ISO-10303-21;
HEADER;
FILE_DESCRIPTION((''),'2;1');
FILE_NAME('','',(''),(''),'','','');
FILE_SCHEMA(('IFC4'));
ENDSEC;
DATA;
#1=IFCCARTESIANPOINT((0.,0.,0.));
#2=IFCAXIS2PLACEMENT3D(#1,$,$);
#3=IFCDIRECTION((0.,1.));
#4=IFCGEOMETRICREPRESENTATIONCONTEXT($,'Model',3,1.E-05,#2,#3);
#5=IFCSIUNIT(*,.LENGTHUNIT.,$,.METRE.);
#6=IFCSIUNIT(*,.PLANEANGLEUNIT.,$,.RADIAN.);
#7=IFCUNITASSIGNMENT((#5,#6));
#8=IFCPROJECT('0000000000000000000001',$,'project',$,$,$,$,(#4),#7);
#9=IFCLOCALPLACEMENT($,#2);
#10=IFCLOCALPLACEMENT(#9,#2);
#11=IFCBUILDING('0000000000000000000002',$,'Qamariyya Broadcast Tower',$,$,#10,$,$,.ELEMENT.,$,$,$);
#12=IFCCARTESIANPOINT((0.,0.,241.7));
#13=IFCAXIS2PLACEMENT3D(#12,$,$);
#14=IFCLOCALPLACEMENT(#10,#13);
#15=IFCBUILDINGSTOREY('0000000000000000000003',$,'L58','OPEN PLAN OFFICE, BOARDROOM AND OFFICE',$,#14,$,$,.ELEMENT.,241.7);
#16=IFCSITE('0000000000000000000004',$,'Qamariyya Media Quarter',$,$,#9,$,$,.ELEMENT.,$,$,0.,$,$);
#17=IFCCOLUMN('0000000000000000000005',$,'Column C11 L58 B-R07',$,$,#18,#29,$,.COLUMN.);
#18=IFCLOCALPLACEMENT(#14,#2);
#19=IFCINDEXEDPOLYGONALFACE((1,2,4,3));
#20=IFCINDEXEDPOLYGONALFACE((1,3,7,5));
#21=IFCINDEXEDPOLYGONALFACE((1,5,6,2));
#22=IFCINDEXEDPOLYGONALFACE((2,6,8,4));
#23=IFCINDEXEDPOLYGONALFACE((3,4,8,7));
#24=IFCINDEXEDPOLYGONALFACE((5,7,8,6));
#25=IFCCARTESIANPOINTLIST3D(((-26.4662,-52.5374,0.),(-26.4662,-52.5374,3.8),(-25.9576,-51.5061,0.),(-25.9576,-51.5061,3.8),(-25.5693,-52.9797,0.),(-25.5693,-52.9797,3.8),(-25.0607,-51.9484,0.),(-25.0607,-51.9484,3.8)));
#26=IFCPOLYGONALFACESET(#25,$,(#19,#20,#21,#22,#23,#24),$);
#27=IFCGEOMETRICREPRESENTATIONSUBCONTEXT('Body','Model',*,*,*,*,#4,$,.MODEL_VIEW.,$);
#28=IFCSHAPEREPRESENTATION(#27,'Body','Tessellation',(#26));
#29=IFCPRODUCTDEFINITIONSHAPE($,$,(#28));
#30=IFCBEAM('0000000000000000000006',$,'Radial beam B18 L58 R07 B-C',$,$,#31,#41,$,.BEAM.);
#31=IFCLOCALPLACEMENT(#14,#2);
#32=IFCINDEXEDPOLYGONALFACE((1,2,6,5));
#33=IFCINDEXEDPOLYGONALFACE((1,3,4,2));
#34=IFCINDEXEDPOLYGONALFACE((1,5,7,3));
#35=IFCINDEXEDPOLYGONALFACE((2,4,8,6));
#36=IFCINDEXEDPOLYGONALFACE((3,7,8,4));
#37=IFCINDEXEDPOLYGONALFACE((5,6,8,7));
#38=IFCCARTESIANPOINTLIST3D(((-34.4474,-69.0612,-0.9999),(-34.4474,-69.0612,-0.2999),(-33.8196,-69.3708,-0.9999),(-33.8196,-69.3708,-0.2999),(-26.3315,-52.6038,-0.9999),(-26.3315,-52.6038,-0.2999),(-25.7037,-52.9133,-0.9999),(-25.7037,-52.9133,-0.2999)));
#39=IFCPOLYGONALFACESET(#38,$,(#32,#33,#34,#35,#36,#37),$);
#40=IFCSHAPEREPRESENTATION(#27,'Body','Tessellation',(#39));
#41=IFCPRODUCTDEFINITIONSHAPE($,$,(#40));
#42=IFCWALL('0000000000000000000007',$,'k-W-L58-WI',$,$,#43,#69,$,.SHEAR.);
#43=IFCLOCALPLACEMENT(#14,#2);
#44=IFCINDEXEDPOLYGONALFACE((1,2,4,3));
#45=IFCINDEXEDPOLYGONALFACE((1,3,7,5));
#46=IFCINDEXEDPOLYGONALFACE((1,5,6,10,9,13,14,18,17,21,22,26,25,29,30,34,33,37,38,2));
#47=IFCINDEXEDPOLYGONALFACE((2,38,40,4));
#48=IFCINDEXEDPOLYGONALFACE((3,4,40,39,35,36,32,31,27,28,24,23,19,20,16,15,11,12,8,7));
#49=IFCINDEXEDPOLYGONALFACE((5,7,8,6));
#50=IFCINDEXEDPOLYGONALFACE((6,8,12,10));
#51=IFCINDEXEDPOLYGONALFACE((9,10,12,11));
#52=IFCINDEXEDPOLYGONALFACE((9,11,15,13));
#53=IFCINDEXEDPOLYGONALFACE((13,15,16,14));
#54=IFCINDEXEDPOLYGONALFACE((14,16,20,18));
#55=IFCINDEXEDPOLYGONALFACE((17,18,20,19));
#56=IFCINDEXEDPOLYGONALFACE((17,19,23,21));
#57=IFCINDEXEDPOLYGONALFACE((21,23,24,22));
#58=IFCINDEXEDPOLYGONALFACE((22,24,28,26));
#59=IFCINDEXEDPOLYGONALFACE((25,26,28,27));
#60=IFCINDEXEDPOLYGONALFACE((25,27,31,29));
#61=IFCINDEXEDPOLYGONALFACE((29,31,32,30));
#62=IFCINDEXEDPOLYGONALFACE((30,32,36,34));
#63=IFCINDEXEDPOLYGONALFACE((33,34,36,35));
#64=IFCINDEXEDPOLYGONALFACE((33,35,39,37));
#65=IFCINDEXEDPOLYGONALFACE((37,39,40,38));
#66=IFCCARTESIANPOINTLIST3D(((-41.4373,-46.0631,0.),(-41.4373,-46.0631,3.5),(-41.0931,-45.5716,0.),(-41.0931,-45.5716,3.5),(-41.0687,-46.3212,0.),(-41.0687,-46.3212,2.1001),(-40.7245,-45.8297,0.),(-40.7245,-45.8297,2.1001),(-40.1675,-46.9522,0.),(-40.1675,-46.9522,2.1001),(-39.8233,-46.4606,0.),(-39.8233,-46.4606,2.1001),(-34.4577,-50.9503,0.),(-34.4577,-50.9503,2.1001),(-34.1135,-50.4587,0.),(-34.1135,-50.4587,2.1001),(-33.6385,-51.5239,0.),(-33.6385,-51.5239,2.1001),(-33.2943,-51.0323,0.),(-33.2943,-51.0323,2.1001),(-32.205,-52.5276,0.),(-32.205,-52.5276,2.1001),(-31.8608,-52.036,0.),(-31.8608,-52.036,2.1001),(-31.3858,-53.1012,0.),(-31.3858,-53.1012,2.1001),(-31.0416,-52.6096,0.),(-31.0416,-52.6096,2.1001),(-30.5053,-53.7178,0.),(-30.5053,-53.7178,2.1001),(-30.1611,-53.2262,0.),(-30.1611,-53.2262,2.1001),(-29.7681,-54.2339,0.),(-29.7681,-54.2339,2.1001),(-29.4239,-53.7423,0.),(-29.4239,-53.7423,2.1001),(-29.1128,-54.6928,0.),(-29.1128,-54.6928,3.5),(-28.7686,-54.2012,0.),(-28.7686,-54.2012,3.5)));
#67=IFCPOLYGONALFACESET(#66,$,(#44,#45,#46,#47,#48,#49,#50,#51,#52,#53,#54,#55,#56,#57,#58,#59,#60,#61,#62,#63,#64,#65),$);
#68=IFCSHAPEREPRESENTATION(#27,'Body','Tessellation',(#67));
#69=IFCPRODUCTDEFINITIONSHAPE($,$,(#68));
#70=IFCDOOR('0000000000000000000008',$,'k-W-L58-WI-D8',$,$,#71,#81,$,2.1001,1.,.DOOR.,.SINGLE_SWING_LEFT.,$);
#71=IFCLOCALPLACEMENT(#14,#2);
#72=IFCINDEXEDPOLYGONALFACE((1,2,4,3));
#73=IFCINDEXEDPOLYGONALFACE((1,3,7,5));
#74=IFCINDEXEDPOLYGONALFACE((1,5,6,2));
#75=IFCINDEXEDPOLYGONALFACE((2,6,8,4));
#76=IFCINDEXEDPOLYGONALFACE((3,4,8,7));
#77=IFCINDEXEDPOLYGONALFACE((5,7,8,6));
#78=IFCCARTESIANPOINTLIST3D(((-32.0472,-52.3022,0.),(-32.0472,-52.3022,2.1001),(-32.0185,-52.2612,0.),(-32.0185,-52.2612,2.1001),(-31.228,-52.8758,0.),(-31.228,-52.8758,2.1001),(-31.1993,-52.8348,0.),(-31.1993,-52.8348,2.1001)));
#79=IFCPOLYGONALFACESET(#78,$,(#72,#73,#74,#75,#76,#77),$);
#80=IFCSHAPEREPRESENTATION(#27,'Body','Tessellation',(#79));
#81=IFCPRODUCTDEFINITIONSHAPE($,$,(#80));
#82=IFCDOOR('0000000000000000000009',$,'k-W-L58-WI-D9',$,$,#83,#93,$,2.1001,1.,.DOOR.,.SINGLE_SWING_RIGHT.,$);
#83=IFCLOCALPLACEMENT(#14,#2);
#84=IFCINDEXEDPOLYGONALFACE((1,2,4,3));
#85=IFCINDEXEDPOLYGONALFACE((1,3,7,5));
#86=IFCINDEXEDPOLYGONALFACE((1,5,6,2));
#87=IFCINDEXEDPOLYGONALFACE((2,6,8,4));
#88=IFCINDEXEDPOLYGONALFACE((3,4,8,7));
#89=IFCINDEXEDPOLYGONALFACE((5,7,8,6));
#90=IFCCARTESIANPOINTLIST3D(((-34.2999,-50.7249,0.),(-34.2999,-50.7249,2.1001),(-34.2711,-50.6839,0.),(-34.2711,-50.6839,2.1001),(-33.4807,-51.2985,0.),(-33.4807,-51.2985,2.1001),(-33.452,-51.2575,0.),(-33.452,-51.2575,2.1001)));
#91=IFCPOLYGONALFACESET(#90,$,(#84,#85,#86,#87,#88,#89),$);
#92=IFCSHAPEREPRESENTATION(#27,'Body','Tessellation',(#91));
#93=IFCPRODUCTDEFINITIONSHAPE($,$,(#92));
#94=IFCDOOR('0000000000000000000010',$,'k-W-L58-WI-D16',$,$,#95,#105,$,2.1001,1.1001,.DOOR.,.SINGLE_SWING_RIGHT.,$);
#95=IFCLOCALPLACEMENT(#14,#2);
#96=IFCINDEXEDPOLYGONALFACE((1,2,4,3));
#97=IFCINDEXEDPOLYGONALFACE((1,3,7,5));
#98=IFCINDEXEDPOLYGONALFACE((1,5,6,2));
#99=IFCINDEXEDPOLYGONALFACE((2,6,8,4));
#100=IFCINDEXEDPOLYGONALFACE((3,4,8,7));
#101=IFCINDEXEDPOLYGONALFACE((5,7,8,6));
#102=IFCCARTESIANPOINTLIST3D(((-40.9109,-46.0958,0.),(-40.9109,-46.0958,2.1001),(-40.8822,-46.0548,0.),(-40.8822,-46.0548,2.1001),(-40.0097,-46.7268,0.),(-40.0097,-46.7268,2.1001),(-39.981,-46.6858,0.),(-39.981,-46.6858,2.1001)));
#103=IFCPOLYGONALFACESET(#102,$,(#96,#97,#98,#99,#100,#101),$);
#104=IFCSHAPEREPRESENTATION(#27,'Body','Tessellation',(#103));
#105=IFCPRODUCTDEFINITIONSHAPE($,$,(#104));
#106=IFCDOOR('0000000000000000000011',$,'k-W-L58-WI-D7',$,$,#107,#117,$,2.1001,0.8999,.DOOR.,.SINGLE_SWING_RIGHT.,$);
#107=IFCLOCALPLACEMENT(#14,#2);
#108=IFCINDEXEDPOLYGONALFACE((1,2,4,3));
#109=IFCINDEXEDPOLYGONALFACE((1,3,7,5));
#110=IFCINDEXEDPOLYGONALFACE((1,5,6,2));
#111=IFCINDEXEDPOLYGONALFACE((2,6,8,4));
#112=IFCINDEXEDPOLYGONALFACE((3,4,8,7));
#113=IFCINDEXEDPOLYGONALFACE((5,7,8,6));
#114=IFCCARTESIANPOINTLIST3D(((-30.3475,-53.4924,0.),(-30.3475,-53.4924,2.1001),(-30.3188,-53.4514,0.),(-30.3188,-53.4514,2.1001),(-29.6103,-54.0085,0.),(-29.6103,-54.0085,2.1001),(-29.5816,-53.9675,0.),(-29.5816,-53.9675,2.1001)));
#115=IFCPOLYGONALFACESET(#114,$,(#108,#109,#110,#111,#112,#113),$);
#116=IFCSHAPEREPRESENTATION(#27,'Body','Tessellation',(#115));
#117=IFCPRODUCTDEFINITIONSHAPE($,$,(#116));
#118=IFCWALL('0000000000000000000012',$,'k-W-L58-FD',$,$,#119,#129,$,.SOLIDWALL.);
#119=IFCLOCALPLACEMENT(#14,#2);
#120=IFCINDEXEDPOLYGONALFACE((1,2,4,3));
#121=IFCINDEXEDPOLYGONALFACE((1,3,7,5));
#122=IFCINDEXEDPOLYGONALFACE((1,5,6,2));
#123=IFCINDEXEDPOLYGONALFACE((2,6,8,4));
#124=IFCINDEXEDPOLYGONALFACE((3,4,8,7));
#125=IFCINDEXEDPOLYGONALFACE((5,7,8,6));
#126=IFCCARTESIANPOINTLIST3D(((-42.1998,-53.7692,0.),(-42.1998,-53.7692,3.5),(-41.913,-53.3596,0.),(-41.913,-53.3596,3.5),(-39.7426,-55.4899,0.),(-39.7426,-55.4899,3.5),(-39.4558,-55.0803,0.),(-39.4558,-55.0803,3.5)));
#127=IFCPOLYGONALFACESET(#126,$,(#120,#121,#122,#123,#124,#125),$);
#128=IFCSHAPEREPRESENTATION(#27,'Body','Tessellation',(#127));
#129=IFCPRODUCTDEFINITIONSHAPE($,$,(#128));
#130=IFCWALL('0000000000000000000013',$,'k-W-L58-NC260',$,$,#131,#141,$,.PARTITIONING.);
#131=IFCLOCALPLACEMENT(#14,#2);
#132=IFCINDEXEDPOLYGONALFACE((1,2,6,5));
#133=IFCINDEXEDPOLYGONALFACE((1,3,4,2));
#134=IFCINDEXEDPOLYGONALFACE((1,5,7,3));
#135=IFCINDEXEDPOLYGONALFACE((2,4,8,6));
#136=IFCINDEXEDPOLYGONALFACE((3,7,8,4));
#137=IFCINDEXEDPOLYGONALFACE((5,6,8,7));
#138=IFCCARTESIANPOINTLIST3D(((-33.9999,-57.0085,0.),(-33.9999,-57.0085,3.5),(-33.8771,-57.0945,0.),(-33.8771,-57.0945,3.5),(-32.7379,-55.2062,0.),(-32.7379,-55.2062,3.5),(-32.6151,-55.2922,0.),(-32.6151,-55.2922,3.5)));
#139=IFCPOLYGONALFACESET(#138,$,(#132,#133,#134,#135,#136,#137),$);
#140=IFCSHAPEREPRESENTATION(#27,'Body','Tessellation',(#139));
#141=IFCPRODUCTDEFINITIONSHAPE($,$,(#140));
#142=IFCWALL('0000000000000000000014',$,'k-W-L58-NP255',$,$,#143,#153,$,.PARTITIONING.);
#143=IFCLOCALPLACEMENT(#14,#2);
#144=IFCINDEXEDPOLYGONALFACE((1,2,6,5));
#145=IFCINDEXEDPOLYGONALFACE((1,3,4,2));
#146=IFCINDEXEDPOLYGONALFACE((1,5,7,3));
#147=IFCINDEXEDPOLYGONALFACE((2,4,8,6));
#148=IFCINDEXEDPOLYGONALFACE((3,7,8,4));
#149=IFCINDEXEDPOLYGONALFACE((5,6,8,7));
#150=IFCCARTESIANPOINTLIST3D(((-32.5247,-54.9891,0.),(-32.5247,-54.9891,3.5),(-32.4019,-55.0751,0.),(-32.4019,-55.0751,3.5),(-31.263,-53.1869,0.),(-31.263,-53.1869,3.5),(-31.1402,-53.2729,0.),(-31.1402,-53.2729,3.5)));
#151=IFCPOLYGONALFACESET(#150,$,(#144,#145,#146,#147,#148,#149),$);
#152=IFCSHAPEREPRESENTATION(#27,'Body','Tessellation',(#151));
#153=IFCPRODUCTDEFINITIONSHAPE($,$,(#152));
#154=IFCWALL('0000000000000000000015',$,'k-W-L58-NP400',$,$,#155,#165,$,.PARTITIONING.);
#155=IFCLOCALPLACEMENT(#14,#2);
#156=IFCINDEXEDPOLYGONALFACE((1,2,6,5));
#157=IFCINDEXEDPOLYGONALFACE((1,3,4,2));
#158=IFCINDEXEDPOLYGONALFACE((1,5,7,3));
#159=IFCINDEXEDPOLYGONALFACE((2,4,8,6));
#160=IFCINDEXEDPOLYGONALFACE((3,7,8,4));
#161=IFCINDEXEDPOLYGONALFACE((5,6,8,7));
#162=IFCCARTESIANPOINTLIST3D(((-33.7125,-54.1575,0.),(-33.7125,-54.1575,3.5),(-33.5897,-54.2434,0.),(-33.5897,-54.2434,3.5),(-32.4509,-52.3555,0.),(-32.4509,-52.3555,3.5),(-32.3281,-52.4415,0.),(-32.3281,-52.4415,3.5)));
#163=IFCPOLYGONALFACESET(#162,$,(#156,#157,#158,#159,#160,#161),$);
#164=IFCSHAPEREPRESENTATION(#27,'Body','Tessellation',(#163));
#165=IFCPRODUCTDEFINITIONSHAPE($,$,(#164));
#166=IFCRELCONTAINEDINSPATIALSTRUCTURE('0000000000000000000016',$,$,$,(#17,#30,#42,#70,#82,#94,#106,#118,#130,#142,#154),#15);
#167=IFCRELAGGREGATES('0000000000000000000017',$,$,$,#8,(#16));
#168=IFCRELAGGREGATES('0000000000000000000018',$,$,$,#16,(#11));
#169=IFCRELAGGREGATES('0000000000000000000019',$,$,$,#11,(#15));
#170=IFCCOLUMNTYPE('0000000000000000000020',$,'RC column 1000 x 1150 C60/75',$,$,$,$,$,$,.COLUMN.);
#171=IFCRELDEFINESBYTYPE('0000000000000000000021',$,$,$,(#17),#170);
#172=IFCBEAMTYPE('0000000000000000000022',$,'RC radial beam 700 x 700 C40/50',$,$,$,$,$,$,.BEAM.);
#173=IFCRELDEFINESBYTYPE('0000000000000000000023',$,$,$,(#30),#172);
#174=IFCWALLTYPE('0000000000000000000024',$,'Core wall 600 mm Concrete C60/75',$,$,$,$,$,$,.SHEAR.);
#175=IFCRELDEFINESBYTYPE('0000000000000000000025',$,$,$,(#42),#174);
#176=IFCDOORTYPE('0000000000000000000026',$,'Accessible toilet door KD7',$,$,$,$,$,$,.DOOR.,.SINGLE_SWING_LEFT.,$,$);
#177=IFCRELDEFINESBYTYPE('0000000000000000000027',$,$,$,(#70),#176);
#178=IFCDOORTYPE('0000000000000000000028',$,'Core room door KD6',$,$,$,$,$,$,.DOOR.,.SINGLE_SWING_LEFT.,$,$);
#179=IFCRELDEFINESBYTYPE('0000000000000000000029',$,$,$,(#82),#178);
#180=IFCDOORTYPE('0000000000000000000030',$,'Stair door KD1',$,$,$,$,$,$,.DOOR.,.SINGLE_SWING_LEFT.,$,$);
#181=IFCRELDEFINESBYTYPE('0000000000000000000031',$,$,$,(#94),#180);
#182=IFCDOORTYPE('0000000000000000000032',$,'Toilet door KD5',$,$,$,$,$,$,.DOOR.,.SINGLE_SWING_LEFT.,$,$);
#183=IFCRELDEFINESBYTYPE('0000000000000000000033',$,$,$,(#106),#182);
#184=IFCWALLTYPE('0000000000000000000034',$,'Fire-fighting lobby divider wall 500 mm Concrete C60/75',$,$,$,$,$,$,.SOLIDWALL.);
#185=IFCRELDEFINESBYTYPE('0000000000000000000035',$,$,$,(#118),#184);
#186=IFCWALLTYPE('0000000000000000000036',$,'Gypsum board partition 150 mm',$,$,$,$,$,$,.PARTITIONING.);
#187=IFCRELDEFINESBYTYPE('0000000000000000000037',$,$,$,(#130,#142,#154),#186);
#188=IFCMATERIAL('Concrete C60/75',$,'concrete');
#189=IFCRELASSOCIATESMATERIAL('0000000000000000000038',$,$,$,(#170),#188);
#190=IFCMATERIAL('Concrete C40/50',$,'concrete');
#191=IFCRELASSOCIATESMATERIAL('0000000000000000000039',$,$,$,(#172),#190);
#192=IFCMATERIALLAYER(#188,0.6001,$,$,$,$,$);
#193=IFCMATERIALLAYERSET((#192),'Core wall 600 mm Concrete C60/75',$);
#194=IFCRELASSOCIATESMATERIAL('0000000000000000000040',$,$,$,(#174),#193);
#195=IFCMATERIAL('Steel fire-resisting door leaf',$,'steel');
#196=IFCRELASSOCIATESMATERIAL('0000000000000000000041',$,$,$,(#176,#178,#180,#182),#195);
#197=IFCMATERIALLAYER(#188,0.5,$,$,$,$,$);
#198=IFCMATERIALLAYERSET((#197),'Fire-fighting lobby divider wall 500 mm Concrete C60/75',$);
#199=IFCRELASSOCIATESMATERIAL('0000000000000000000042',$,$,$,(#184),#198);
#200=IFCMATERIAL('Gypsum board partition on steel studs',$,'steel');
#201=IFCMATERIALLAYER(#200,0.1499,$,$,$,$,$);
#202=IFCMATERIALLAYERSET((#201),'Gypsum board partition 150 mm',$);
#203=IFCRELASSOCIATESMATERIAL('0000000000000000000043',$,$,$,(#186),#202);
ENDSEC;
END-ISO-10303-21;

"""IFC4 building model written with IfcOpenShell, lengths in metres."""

from ifc_helpers import new_model, si_unit, direction, frame, frame_2d, origin, origin_2d, place, context, subcontext, project, spatial, rectangle, extrude, material, layer, layer_set, material_profile, profile_set, type_object, element, fill, save


model = new_model("IFC4")

# Units and contexts
model_context = context("Model", 3, precision=1e-05, world=origin(), true_north=direction((0.0, 1.0)))
body_context = subcontext(model_context, "Body", "Model", "MODEL_VIEW")
ifc_project = project(units=[si_unit("LENGTHUNIT", "METRE"), si_unit("PLANEANGLEUNIT", "RADIAN")], contexts=[model_context])

# Site, building, storey
site_placement = place(None, origin())
site = spatial("IfcSite", under=ifc_project, at=site_placement, Name="Qamariyya Media Quarter", CompositionType="ELEMENT", RefElevation=0.0)
building_placement = place(site_placement, origin())
building = spatial("IfcBuilding", under=site, at=building_placement, Name="Qamariyya Broadcast Tower", CompositionType="ELEMENT")
storey_placement = place(building_placement, frame((0.0, 0.0, 241.7)))
storey = spatial("IfcBuildingStorey", under=building, at=storey_placement, Name="L58", Description="OPEN PLAN OFFICE, BOARDROOM AND OFFICE", CompositionType="ELEMENT", Elevation=241.7)

# Column
ifc_material_1 = material(Name="Concrete C60/75", Category="concrete")
ifc_material_profile_1 = material_profile(ifc_material_1, rectangle(XDim=1.0, YDim=1.1499, at=origin_2d()))
ifc_profile_set_1 = profile_set([ifc_material_profile_1], Name="Concrete C60/75")
column_type = type_object("IfcColumnType", Name="RC column 1000 x 1150 C60/75", PredefinedType="COLUMN", material=ifc_profile_set_1)
column_placement = place(storey_placement, frame((-25.7634, -52.2429, 0.0), z_axis=(0.0, 0.0, 1.0), x_axis=(0.896873, -0.442289, 0.0)))
element("IfcColumn", 1, at=column_placement, inside=storey, type_object=column_type, Name="Column C11 L58 B-R07", PredefinedType="COLUMN", context=body_context, shape_type="SweptSolid", body=[
    extrude(rectangle(XDim=1.0, YDim=1.1499, at=origin_2d()), origin(), (0.0, 0.0, 1.0), 3.8),
])

# Beam
ifc_material_2 = material(Name="Concrete C40/50", Category="concrete")
ifc_material_profile_2 = material_profile(ifc_material_2, rectangle(XDim=0.7, YDim=0.7, at=origin_2d()))
ifc_profile_set_2 = profile_set([ifc_material_profile_2], Name="Concrete C40/50")
beam_type = type_object("IfcBeamType", Name="RC radial beam 700 x 700 C40/50", PredefinedType="BEAM", material=ifc_profile_set_2)
beam_placement = place(storey_placement, frame((-26.0176, -52.7585, -0.6499), z_axis=(-0.442289, -0.896872, 0.0), x_axis=(0.896872, -0.442289, 0.0)))
element("IfcBeam", 2, at=beam_placement, inside=storey, type_object=beam_type, Name="Radial beam B18 L58 R07 B-C", PredefinedType="BEAM", context=body_context, shape_type="SweptSolid", body=[
    extrude(rectangle(XDim=0.7, YDim=0.7, at=origin_2d()), origin(), (0.0, 0.0, 1.0), 18.3499),
])

# Wall, openings, doors
ifc_layer_1 = layer(ifc_material_1, 0.6001)
ifc_layer_set_1 = layer_set([ifc_layer_1], Name="Core wall 600 mm Concrete C60/75")
wall_type_1 = type_object("IfcWallType", Name="Core wall 600 mm Concrete C60/75", PredefinedType="SHEAR", material=ifc_layer_set_1)
wall_1_placement = place(storey_placement, frame((-28.9407, -54.447, 0.0), z_axis=(0.0, 0.0, 1.0), x_axis=(-0.819153, 0.573575, 0.0)))
wall_1 = element("IfcWall", 3, at=wall_1_placement, inside=storey, type_object=wall_type_1, Name="k-W-L58-WI", PredefinedType="SHEAR", context=body_context, shape_type="SweptSolid", body=[
    extrude(rectangle(XDim=15.0454, YDim=0.6001, at=frame_2d((7.5227, 0.0))), origin(), (0.0, 0.0, 1.0), 3.5),
])
opening_1_placement = place(wall_1_placement, frame((0.8, 0.0, 0.0)))
opening_1 = element("IfcOpeningElement", 4, at=opening_1_placement, cuts=wall_1, PredefinedType="OPENING", context=body_context, shape_type="SweptSolid", body=[
    extrude(rectangle(XDim=0.8999, YDim=2.1001, at=frame_2d((0.45, 1.05))), frame((0.0, 0.3101, 0.0), z_axis=(0.0, -1.0, 0.0), x_axis=(1.0, 0.0, 0.0)), (0.0, 0.0, 1.0), 0.6201),
])
opening_2_placement = place(wall_1_placement, frame((2.7749, 0.0, 0.0)))
opening_2 = element("IfcOpeningElement", 5, at=opening_2_placement, cuts=wall_1, PredefinedType="OPENING", context=body_context, shape_type="SweptSolid", body=[
    extrude(rectangle(XDim=1.0, YDim=2.1001, at=frame_2d((0.5, 1.05))), frame((0.0, 0.3101, 0.0), z_axis=(0.0, -1.0, 0.0), x_axis=(1.0, 0.0, 0.0)), (0.0, 0.0, 1.0), 0.6201),
])
opening_3_placement = place(wall_1_placement, frame((5.5249, 0.0, 0.0)))
opening_3 = element("IfcOpeningElement", 6, at=opening_3_placement, cuts=wall_1, PredefinedType="OPENING", context=body_context, shape_type="SweptSolid", body=[
    extrude(rectangle(XDim=1.0, YDim=2.1001, at=frame_2d((0.5, 1.05))), frame((0.0, 0.3101, 0.0), z_axis=(0.0, -1.0, 0.0), x_axis=(1.0, 0.0, 0.0)), (0.0, 0.0, 1.0), 0.6201),
])
opening_4_placement = place(wall_1_placement, frame((13.4954, 0.0, 0.0)))
opening_4 = element("IfcOpeningElement", 7, at=opening_4_placement, cuts=wall_1, PredefinedType="OPENING", context=body_context, shape_type="SweptSolid", body=[
    extrude(rectangle(XDim=1.1001, YDim=2.1001, at=frame_2d((0.55, 1.05))), frame((0.0, 0.3101, 0.0), z_axis=(0.0, -1.0, 0.0), x_axis=(1.0, 0.0, 0.0)), (0.0, 0.0, 1.0), 0.6201),
])
ifc_material_3 = material(Name="Steel fire-resisting door leaf", Category="steel")
door_type_1 = type_object("IfcDoorType", Name="Accessible toilet door KD7", OperationType="SINGLE_SWING_LEFT", PredefinedType="DOOR", material=ifc_material_3)
door_1_placement = place(opening_2_placement, origin())
door_1 = element("IfcDoor", 8, at=door_1_placement, inside=storey, type_object=door_type_1, Name="k-W-L58-WI-D8", OperationType="SINGLE_SWING_LEFT", OverallHeight=2.1001, OverallWidth=1.0, PredefinedType="DOOR", context=body_context, shape_type="SweptSolid", body=[
    extrude(rectangle(XDim=1.0, YDim=2.1001, at=frame_2d((0.5, 1.05))), frame((0.0, 0.0249, 0.0), z_axis=(0.0, -1.0, 0.0), x_axis=(1.0, 0.0, 0.0)), (0.0, 0.0, 1.0), 0.05),
])
fill(opening_2, door_1)
door_type_2 = type_object("IfcDoorType", Name="Core room door KD6", OperationType="SINGLE_SWING_LEFT", PredefinedType="DOOR", material=ifc_material_3)
door_2_placement = place(opening_3_placement, origin())
door_2 = element("IfcDoor", 9, at=door_2_placement, inside=storey, type_object=door_type_2, Name="k-W-L58-WI-D9", OperationType="SINGLE_SWING_RIGHT", OverallHeight=2.1001, OverallWidth=1.0, PredefinedType="DOOR", context=body_context, shape_type="SweptSolid", body=[
    extrude(rectangle(XDim=1.0, YDim=2.1001, at=frame_2d((0.5, 1.05))), frame((0.0, 0.0249, 0.0), z_axis=(0.0, -1.0, 0.0), x_axis=(1.0, 0.0, 0.0)), (0.0, 0.0, 1.0), 0.05),
])
fill(opening_3, door_2)
door_type_3 = type_object("IfcDoorType", Name="Stair door KD1", OperationType="SINGLE_SWING_LEFT", PredefinedType="DOOR", material=ifc_material_3)
door_3_placement = place(opening_4_placement, origin())
door_3 = element("IfcDoor", 10, at=door_3_placement, inside=storey, type_object=door_type_3, Name="k-W-L58-WI-D16", OperationType="SINGLE_SWING_RIGHT", OverallHeight=2.1001, OverallWidth=1.1001, PredefinedType="DOOR", context=body_context, shape_type="SweptSolid", body=[
    extrude(rectangle(XDim=1.1001, YDim=2.1001, at=frame_2d((0.55, 1.05))), frame((0.0, 0.0249, 0.0), z_axis=(0.0, -1.0, 0.0), x_axis=(1.0, 0.0, 0.0)), (0.0, 0.0, 1.0), 0.05),
])
fill(opening_4, door_3)
door_type_4 = type_object("IfcDoorType", Name="Toilet door KD5", OperationType="SINGLE_SWING_LEFT", PredefinedType="DOOR", material=ifc_material_3)
door_4_placement = place(opening_1_placement, origin())
door_4 = element("IfcDoor", 11, at=door_4_placement, inside=storey, type_object=door_type_4, Name="k-W-L58-WI-D7", OperationType="SINGLE_SWING_RIGHT", OverallHeight=2.1001, OverallWidth=0.8999, PredefinedType="DOOR", context=body_context, shape_type="SweptSolid", body=[
    extrude(rectangle(XDim=0.8999, YDim=2.1001, at=frame_2d((0.45, 1.05))), frame((0.0, 0.0249, 0.0), z_axis=(0.0, -1.0, 0.0), x_axis=(1.0, 0.0, 0.0)), (0.0, 0.0, 1.0), 0.05),
])
fill(opening_1, door_4)

# Walls
ifc_layer_2 = layer(ifc_material_1, 0.5)
ifc_layer_set_2 = layer_set([ifc_layer_2], Name="Fire-fighting lobby divider wall 500 mm Concrete C60/75")
wall_type_2 = type_object("IfcWallType", Name="Fire-fighting lobby divider wall 500 mm Concrete C60/75", PredefinedType="SOLIDWALL", material=ifc_layer_set_2)
wall_2_placement = place(storey_placement, frame((-39.5991, -55.2852, 0.0), z_axis=(0.0, 0.0, 1.0), x_axis=(-0.819136, 0.573599, 0.0)))
element("IfcWall", 12, at=wall_2_placement, inside=storey, type_object=wall_type_2, Name="k-W-L58-FD", PredefinedType="SOLIDWALL", context=body_context, shape_type="SweptSolid", body=[
    extrude(rectangle(XDim=2.9998, YDim=0.5, at=frame_2d((1.5, 0.0))), origin(), (0.0, 0.0, 1.0), 3.5),
])
ifc_material_4 = material(Name="Gypsum board partition on steel studs", Category="steel")
ifc_layer_3 = layer(ifc_material_4, 0.1499)
ifc_layer_set_3 = layer_set([ifc_layer_3], Name="Gypsum board partition 150 mm")
wall_type_3 = type_object("IfcWallType", Name="Gypsum board partition 150 mm", PredefinedType="PARTITIONING", material=ifc_layer_set_3)
wall_3_placement = place(storey_placement, frame((-33.9385, -57.0515, 0.0), z_axis=(0.0, 0.0, 1.0), x_axis=(0.573581, 0.819149, 0.0)))
element("IfcWall", 13, at=wall_3_placement, inside=storey, type_object=wall_type_3, Name="k-W-L58-NC260", PredefinedType="PARTITIONING", context=body_context, shape_type="SweptSolid", body=[
    extrude(rectangle(XDim=2.2002, YDim=0.1499, at=frame_2d((1.1001, 0.0))), origin(), (0.0, 0.0, 1.0), 3.5),
])
wall_4_placement = place(storey_placement, frame((-32.4634, -55.0322, 0.0), z_axis=(0.0, 0.0, 1.0), x_axis=(0.573507, 0.819201, 0.0)))
element("IfcWall", 14, at=wall_4_placement, inside=storey, type_object=wall_type_3, Name="k-W-L58-NP255", PredefinedType="PARTITIONING", context=body_context, shape_type="SweptSolid", body=[
    extrude(rectangle(XDim=2.2, YDim=0.1499, at=frame_2d((1.1001, 0.0))), origin(), (0.0, 0.0, 1.0), 3.5),
])
wall_5_placement = place(storey_placement, frame((-33.6511, -54.2004, 0.0), z_axis=(0.0, 0.0, 1.0), x_axis=(0.573559, 0.819164, 0.0)))
element("IfcWall", 15, at=wall_5_placement, inside=storey, type_object=wall_type_3, Name="k-W-L58-NP400", PredefinedType="PARTITIONING", context=body_context, shape_type="SweptSolid", body=[
    extrude(rectangle(XDim=2.1997, YDim=0.1499, at=frame_2d((1.0999, 0.0))), origin(), (0.0, 0.0, 1.0), 3.5),
])

save(model, "model.ifc")
